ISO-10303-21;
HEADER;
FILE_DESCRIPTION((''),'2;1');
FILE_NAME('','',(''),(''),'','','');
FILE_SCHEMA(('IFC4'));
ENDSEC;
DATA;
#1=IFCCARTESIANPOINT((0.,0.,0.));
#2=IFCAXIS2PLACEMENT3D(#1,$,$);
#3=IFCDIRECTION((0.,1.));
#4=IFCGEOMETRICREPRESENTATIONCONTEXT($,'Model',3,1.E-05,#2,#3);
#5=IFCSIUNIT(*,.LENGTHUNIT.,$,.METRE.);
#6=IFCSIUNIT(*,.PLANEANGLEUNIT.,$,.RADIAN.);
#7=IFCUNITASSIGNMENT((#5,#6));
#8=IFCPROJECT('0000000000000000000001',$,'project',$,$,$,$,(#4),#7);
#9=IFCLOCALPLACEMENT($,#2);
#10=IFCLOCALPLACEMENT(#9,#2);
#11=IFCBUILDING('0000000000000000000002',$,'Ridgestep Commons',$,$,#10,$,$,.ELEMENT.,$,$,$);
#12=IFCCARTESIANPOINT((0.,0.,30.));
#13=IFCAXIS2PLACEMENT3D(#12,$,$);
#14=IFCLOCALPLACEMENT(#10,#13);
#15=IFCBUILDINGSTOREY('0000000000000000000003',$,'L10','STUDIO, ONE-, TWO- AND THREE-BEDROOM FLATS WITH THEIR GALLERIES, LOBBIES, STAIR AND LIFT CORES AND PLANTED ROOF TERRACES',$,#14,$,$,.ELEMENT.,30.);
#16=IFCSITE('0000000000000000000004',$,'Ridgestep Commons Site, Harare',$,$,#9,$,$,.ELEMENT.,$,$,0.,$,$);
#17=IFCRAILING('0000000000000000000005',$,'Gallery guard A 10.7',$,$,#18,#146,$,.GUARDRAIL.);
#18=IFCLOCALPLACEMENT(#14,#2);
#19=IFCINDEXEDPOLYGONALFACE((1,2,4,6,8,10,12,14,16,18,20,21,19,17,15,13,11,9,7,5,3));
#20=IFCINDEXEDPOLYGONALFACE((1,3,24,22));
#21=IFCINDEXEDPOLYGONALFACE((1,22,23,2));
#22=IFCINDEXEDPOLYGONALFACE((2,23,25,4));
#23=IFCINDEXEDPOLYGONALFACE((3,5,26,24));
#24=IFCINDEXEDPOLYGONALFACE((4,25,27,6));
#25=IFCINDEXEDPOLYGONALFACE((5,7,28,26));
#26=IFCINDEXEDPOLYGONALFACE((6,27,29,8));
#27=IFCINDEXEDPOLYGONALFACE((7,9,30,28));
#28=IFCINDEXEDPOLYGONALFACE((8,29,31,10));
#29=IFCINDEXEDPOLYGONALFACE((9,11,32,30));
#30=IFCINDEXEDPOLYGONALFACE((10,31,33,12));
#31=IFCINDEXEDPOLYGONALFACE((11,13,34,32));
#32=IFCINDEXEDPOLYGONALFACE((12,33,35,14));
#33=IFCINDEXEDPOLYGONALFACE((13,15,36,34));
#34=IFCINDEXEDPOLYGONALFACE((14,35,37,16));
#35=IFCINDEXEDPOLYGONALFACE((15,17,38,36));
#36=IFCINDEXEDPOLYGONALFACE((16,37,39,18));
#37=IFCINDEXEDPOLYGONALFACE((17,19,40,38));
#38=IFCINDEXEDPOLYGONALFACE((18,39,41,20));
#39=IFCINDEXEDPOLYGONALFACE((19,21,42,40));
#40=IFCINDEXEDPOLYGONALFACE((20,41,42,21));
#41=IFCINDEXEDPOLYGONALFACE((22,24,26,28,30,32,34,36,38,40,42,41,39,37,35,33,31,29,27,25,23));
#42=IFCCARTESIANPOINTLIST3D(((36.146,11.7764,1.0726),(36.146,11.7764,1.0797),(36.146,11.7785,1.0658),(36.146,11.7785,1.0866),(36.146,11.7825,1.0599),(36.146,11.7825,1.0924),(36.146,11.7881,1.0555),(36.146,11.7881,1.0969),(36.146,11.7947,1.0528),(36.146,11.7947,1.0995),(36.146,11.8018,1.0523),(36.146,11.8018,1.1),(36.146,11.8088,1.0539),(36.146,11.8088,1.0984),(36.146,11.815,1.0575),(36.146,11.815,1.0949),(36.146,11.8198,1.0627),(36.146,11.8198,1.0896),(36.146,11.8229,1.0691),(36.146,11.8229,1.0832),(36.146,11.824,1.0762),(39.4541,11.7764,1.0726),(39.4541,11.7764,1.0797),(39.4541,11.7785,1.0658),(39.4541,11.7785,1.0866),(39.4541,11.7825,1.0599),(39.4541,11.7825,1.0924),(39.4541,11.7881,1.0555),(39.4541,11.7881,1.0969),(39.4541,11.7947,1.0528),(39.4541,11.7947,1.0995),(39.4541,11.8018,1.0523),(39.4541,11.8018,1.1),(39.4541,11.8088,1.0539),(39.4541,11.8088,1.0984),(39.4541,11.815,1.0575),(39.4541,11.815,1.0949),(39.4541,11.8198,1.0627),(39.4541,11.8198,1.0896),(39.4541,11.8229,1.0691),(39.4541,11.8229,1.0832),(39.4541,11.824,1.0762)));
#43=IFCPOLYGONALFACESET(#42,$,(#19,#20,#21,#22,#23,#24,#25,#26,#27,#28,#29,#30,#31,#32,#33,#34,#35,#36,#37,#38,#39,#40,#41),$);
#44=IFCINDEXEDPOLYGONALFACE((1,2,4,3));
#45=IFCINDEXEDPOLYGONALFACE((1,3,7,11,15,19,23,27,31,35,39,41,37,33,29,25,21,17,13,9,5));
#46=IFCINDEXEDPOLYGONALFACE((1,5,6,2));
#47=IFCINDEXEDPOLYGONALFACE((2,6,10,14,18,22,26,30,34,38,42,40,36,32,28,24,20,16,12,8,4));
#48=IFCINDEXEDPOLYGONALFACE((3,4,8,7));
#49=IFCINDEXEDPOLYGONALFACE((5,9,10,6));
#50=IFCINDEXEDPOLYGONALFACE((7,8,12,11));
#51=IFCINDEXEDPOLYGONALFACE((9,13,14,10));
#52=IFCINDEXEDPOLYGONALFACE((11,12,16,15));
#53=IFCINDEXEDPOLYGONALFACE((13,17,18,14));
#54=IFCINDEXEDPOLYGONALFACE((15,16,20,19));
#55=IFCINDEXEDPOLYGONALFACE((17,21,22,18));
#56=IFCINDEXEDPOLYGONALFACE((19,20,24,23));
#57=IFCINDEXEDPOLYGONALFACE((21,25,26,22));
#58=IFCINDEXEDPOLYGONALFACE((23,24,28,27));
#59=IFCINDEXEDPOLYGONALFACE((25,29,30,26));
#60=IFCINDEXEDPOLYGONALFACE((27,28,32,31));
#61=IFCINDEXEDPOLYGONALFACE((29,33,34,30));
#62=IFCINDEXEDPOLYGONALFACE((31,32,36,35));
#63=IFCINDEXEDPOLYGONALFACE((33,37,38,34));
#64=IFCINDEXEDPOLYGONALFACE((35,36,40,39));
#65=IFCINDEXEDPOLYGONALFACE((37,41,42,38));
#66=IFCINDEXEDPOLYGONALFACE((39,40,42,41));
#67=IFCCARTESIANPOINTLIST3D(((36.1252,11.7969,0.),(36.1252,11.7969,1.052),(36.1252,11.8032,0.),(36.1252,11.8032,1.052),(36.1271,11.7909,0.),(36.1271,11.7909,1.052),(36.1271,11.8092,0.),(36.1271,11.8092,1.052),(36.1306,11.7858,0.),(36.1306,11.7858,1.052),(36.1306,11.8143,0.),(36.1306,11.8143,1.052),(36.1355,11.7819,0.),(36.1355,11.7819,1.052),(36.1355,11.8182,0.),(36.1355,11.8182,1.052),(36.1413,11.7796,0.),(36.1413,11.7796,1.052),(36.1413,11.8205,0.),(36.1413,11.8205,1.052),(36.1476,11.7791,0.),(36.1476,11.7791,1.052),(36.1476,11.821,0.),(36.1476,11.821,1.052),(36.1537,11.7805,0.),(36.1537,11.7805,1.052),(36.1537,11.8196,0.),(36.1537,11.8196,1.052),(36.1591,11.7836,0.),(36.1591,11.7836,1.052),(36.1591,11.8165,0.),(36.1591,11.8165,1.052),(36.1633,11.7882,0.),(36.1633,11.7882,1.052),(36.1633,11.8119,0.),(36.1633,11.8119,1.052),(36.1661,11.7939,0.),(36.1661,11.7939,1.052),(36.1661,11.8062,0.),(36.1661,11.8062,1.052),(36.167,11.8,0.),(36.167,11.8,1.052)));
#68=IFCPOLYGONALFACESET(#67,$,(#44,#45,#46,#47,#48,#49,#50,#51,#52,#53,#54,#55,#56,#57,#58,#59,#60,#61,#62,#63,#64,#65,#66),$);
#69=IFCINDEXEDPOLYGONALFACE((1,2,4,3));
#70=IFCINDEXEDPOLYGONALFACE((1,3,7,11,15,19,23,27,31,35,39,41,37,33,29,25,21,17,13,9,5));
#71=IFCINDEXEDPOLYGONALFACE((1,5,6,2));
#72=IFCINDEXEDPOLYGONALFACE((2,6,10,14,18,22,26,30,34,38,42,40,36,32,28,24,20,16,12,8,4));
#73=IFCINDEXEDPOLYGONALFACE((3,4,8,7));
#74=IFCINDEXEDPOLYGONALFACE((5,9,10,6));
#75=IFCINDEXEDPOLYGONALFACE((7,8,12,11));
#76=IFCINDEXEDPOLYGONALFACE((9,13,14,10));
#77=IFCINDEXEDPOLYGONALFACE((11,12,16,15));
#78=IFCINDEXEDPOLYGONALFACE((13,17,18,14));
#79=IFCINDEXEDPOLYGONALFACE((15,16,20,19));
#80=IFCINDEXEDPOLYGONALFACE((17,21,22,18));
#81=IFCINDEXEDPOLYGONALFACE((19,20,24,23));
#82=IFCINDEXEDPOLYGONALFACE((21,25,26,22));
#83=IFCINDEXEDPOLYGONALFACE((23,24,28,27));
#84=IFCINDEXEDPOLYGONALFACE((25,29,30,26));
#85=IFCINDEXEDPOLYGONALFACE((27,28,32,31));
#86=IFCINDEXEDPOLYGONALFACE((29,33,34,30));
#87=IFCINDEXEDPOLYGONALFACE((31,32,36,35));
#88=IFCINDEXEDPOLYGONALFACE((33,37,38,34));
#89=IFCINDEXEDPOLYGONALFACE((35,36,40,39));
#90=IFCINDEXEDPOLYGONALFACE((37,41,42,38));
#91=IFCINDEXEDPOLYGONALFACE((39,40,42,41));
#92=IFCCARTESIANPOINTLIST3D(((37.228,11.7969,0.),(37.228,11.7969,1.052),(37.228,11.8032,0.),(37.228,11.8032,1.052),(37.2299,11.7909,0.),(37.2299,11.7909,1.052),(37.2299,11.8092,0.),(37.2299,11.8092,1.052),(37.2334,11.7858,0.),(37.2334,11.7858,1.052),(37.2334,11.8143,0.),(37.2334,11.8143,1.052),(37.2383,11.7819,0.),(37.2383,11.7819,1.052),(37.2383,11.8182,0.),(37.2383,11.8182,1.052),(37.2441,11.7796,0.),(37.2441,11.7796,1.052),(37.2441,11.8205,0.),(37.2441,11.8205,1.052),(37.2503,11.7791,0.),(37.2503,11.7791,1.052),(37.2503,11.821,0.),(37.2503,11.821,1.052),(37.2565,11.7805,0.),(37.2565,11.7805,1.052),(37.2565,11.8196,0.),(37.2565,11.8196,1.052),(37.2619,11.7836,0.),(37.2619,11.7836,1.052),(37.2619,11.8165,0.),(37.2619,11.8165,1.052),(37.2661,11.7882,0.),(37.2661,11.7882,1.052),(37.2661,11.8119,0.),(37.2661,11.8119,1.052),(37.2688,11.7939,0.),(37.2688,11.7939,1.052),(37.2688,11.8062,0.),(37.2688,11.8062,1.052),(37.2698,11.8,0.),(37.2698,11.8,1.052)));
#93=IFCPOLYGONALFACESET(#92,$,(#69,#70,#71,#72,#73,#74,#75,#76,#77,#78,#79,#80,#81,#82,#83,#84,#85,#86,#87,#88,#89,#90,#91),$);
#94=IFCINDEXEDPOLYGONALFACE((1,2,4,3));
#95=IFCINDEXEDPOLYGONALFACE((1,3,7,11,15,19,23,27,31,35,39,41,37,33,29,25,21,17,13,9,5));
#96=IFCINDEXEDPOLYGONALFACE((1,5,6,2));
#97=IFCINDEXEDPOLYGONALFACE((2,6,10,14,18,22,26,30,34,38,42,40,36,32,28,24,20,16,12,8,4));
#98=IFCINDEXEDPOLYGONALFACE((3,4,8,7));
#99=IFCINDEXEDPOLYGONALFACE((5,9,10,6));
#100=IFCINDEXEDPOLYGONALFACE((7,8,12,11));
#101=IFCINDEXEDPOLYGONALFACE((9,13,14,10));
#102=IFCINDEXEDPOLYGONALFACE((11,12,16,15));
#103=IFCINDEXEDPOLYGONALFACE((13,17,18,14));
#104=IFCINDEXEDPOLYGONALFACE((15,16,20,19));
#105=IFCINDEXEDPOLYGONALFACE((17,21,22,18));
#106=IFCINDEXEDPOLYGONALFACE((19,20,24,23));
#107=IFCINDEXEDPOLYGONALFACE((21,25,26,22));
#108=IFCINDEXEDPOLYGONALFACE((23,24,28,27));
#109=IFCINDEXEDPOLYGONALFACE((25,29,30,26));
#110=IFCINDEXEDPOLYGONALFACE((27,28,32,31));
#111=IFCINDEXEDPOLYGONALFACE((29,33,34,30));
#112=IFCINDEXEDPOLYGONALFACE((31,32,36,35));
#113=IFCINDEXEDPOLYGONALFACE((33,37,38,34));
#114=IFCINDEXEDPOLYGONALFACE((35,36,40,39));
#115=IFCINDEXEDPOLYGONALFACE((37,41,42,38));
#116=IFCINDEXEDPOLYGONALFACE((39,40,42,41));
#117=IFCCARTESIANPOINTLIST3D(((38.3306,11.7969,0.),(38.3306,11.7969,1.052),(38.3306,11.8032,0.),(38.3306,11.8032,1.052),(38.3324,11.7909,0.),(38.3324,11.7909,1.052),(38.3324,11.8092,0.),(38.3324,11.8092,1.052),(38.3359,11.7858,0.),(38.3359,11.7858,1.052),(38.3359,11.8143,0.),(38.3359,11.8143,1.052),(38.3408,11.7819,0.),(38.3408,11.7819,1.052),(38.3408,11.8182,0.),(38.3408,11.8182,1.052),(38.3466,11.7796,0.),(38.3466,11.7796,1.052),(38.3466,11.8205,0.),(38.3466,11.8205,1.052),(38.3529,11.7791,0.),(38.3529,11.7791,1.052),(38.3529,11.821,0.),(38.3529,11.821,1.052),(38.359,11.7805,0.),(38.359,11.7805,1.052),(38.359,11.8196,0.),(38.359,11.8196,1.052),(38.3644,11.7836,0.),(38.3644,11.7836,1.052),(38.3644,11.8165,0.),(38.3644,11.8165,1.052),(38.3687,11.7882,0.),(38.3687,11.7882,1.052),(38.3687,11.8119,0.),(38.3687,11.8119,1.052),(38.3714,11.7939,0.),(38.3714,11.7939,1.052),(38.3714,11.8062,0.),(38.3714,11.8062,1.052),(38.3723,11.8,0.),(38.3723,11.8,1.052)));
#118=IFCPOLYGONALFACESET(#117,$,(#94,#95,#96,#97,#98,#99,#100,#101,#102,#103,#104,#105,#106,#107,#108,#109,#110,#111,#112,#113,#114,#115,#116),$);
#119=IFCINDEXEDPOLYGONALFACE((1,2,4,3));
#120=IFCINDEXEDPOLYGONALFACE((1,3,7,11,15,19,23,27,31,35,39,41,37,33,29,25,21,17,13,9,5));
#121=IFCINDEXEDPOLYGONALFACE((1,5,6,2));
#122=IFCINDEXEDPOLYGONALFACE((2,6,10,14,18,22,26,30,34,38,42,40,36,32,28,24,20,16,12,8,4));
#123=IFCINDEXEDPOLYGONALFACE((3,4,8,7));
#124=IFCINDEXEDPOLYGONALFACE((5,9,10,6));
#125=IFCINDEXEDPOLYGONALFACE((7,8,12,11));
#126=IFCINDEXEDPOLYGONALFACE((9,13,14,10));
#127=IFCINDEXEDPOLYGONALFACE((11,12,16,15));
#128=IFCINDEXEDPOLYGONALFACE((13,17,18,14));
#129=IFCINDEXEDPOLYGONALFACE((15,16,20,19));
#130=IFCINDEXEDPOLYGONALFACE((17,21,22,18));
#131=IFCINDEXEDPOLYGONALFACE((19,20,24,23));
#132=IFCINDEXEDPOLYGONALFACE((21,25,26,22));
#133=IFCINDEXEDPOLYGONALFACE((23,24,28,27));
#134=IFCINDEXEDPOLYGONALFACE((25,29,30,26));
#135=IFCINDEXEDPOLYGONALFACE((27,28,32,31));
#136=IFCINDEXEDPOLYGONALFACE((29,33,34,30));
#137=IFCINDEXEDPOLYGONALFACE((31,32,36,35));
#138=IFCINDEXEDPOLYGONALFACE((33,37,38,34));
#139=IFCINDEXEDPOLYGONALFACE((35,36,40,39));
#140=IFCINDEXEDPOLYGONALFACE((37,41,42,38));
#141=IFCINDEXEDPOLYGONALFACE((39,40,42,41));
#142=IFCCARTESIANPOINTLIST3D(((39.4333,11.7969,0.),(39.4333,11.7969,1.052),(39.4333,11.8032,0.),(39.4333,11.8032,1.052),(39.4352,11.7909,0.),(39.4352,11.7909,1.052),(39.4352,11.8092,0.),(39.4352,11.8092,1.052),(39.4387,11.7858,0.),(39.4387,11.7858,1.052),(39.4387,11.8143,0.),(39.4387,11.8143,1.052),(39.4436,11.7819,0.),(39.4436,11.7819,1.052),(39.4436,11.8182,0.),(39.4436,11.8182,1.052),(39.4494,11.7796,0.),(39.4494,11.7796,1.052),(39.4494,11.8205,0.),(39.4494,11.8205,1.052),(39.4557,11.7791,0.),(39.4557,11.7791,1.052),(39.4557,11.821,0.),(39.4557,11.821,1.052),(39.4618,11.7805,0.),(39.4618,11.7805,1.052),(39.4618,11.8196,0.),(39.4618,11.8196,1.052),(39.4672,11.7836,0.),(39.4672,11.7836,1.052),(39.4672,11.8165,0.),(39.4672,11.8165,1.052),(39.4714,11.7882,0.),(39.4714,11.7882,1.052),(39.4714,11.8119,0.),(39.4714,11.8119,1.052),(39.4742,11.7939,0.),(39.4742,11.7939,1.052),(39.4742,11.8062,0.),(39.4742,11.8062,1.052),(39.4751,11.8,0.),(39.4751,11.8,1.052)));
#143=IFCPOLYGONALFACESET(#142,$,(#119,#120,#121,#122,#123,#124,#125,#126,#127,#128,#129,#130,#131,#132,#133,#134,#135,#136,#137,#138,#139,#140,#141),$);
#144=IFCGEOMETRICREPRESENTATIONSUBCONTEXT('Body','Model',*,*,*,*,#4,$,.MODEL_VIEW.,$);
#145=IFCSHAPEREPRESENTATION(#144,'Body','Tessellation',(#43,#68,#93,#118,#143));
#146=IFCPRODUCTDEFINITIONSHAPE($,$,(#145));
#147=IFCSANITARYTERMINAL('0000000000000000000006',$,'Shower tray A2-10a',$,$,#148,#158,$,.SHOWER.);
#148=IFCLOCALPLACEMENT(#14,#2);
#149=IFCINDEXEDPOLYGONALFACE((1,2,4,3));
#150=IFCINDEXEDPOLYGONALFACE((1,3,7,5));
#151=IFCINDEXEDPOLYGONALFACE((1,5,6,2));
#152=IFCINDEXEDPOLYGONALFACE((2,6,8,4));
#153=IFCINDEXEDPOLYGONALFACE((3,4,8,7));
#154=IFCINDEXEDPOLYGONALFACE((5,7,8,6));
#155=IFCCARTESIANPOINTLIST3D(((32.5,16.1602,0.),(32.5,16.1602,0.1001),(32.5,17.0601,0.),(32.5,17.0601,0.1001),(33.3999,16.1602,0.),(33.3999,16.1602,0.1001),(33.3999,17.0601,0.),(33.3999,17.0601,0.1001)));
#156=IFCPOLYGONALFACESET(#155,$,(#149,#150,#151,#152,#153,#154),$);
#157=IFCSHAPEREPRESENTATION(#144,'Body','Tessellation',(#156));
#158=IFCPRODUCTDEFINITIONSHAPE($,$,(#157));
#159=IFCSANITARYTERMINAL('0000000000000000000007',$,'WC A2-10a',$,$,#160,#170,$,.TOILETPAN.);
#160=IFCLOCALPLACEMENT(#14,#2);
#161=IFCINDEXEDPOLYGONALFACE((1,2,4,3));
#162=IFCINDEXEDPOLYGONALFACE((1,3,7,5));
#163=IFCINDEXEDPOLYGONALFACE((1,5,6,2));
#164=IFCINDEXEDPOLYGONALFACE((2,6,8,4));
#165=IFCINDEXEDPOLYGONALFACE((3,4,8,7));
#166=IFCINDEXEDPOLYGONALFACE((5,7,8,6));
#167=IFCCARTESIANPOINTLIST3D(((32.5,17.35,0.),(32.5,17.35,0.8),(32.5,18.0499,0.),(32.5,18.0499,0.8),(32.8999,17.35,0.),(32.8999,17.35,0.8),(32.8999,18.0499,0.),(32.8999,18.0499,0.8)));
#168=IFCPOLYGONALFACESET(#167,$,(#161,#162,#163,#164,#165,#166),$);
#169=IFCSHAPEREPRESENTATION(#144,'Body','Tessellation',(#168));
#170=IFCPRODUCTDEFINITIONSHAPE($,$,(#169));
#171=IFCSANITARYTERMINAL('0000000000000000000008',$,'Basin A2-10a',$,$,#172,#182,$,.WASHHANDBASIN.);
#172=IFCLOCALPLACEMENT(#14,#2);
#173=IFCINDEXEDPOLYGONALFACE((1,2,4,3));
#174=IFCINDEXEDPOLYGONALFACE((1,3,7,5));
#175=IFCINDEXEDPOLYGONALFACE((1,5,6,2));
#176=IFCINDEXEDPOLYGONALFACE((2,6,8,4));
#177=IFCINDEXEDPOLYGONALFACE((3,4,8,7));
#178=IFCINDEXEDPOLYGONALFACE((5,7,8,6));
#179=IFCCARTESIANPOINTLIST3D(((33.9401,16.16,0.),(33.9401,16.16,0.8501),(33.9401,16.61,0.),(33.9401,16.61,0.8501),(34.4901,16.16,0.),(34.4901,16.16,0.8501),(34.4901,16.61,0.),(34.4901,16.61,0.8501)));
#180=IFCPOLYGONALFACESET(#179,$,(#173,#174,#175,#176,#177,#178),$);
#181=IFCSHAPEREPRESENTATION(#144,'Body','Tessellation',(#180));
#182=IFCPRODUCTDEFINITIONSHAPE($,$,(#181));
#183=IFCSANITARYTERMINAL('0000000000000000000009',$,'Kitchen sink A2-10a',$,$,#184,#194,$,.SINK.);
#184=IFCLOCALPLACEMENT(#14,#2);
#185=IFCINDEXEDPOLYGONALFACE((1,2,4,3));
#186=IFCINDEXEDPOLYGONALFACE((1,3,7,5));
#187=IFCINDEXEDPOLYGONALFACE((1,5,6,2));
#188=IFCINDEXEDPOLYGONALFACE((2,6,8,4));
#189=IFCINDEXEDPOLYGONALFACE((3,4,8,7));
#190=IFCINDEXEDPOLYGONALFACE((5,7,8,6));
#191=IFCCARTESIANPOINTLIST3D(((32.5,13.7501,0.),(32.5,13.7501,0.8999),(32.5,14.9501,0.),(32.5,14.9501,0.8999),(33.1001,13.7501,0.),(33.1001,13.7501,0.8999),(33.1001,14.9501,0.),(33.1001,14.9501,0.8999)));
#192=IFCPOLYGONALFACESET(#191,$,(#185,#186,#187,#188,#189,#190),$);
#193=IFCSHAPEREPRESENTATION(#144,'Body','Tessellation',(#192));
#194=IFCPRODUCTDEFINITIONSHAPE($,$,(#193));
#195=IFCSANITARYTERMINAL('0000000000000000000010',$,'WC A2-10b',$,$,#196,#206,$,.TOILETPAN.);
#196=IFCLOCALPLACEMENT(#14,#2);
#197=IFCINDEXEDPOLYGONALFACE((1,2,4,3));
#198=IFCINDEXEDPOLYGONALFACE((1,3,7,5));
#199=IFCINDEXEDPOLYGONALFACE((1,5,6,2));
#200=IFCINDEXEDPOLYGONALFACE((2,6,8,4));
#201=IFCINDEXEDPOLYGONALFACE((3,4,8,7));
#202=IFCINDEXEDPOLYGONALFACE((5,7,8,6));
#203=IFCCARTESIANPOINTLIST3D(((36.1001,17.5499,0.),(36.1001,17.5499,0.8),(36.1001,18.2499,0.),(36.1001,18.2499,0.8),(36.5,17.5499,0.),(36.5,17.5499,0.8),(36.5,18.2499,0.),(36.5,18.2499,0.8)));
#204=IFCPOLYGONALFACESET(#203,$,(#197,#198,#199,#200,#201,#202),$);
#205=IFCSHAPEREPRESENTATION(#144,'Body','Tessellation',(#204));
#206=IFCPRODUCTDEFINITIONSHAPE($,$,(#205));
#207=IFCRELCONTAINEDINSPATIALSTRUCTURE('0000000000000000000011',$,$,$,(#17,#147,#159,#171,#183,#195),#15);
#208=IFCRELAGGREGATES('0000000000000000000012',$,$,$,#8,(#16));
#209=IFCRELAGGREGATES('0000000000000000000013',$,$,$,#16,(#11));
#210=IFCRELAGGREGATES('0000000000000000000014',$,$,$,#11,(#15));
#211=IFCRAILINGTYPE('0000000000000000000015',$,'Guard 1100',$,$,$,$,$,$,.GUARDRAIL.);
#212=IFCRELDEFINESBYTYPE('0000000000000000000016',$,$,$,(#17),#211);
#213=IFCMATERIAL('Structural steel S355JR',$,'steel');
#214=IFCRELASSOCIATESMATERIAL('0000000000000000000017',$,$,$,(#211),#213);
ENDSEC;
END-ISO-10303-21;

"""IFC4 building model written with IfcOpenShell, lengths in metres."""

from ifc_helpers import new_model, si_unit, direction, frame, origin, origin_2d, place, context, subcontext, project, spatial, rectangle, circle, extrude, material, type_object, element, save


model = new_model("IFC4")

# Units and contexts
model_context = context("Model", 3, precision=1e-05, world=origin(), true_north=direction((0.0, 1.0)))
body_context = subcontext(model_context, "Body", "Model", "MODEL_VIEW")
ifc_project = project(units=[si_unit("LENGTHUNIT", "METRE"), si_unit("PLANEANGLEUNIT", "RADIAN")], contexts=[model_context])

# Site, building, storey
site_placement = place(None, origin())
site = spatial("IfcSite", under=ifc_project, at=site_placement, Name="Ridgestep Commons Site, Harare", CompositionType="ELEMENT", RefElevation=0.0)
building_placement = place(site_placement, origin())
building = spatial("IfcBuilding", under=site, at=building_placement, Name="Ridgestep Commons", CompositionType="ELEMENT")
storey_placement = place(building_placement, frame((0.0, 0.0, 30.0)))
storey = spatial("IfcBuildingStorey", under=building, at=storey_placement, Name="L10", Description="STUDIO, ONE-, TWO- AND THREE-BEDROOM FLATS WITH THEIR GALLERIES, LOBBIES, STAIR AND LIFT CORES AND PLANTED ROOF TERRACES", CompositionType="ELEMENT", Elevation=30.0)

# Railing
ifc_material_1 = material(Name="Structural steel S355JR", Category="steel")
railing_type = type_object("IfcRailingType", Name="Guard 1100", PredefinedType="GUARDRAIL", material=ifc_material_1)
for number, where, name in (
    (1, (36.146, 11.8, 0.0), "Gallery guard A 10.7"),
):
    element("IfcRailing", number, at=place(storey_placement, frame(where)), inside=storey, type_object=railing_type, Name=name, PredefinedType="GUARDRAIL", context=body_context, shape_type="SweptSolid", body=[
        extrude(circle(Radius=0.0239, at=origin_2d()), frame((0.0, 0.0, 1.0762), z_axis=(1.0, 0.0, 0.0), x_axis=(0.0, 1.0, 0.0)), (0.0, 0.0, 1.0), 3.3081),
        extrude(circle(Radius=0.021, at=origin_2d()), origin(), (0.0, 0.0, 1.0), 1.052),
        extrude(circle(Radius=0.021, at=origin_2d()), frame((1.1028, 0.0, 0.0)), (0.0, 0.0, 1.0), 1.052),
        extrude(circle(Radius=0.021, at=origin_2d()), frame((2.2053, 0.0, 0.0)), (0.0, 0.0, 1.0), 1.052),
        extrude(circle(Radius=0.021, at=origin_2d()), frame((3.3081, 0.0, 0.0)), (0.0, 0.0, 1.0), 1.052),
    ])

# Sanitary terminals
sanitary_terminal_1_placement = place(storey_placement, frame((32.95, 16.6101, 0.0), z_axis=(0.0, 0.0, 1.0), x_axis=(1.0, 0.0, 0.0)))
element("IfcSanitaryTerminal", 2, at=sanitary_terminal_1_placement, inside=storey, Name="Shower tray A2-10a", PredefinedType="SHOWER", context=body_context, shape_type="SweptSolid", body=[
    extrude(rectangle(XDim=0.8999, YDim=0.8999, at=origin_2d()), origin(), (0.0, 0.0, 1.0), 0.1001),
])
sanitary_terminal_2_placement = place(storey_placement, frame((32.7, 17.7, 0.0), z_axis=(0.0, 0.0, 1.0), x_axis=(1.0, 0.0, 0.0)))
element("IfcSanitaryTerminal", 3, at=sanitary_terminal_2_placement, inside=storey, Name="WC A2-10a", PredefinedType="TOILETPAN", context=body_context, shape_type="SweptSolid", body=[
    extrude(rectangle(XDim=0.3999, YDim=0.7, at=origin_2d()), origin(), (0.0, 0.0, 1.0), 0.8),
])
sanitary_terminal_3_placement = place(storey_placement, frame((34.2151, 16.385, 0.0), z_axis=(0.0, 0.0, 1.0), x_axis=(1.0, 0.0, 0.0)))
element("IfcSanitaryTerminal", 4, at=sanitary_terminal_3_placement, inside=storey, Name="Basin A2-10a", PredefinedType="WASHHANDBASIN", context=body_context, shape_type="SweptSolid", body=[
    extrude(rectangle(XDim=0.55, YDim=0.45, at=origin_2d()), origin(), (0.0, 0.0, 1.0), 0.8501),
])
sanitary_terminal_4_placement = place(storey_placement, frame((32.8, 14.3501, 0.0), z_axis=(0.0, 0.0, 1.0), x_axis=(1.0, 0.0, 0.0)))
element("IfcSanitaryTerminal", 5, at=sanitary_terminal_4_placement, inside=storey, Name="Kitchen sink A2-10a", PredefinedType="SINK", context=body_context, shape_type="SweptSolid", body=[
    extrude(rectangle(XDim=0.6001, YDim=1.2, at=origin_2d()), origin(), (0.0, 0.0, 1.0), 0.8999),
])
sanitary_terminal_5_placement = place(storey_placement, frame((36.3, 17.8999, 0.0), z_axis=(0.0, 0.0, 1.0), x_axis=(1.0, 0.0, 0.0)))
element("IfcSanitaryTerminal", 6, at=sanitary_terminal_5_placement, inside=storey, Name="WC A2-10b", PredefinedType="TOILETPAN", context=body_context, shape_type="SweptSolid", body=[
    extrude(rectangle(XDim=0.3999, YDim=0.7, at=origin_2d()), origin(), (0.0, 0.0, 1.0), 0.8),
])

save(model, "model.ifc")
